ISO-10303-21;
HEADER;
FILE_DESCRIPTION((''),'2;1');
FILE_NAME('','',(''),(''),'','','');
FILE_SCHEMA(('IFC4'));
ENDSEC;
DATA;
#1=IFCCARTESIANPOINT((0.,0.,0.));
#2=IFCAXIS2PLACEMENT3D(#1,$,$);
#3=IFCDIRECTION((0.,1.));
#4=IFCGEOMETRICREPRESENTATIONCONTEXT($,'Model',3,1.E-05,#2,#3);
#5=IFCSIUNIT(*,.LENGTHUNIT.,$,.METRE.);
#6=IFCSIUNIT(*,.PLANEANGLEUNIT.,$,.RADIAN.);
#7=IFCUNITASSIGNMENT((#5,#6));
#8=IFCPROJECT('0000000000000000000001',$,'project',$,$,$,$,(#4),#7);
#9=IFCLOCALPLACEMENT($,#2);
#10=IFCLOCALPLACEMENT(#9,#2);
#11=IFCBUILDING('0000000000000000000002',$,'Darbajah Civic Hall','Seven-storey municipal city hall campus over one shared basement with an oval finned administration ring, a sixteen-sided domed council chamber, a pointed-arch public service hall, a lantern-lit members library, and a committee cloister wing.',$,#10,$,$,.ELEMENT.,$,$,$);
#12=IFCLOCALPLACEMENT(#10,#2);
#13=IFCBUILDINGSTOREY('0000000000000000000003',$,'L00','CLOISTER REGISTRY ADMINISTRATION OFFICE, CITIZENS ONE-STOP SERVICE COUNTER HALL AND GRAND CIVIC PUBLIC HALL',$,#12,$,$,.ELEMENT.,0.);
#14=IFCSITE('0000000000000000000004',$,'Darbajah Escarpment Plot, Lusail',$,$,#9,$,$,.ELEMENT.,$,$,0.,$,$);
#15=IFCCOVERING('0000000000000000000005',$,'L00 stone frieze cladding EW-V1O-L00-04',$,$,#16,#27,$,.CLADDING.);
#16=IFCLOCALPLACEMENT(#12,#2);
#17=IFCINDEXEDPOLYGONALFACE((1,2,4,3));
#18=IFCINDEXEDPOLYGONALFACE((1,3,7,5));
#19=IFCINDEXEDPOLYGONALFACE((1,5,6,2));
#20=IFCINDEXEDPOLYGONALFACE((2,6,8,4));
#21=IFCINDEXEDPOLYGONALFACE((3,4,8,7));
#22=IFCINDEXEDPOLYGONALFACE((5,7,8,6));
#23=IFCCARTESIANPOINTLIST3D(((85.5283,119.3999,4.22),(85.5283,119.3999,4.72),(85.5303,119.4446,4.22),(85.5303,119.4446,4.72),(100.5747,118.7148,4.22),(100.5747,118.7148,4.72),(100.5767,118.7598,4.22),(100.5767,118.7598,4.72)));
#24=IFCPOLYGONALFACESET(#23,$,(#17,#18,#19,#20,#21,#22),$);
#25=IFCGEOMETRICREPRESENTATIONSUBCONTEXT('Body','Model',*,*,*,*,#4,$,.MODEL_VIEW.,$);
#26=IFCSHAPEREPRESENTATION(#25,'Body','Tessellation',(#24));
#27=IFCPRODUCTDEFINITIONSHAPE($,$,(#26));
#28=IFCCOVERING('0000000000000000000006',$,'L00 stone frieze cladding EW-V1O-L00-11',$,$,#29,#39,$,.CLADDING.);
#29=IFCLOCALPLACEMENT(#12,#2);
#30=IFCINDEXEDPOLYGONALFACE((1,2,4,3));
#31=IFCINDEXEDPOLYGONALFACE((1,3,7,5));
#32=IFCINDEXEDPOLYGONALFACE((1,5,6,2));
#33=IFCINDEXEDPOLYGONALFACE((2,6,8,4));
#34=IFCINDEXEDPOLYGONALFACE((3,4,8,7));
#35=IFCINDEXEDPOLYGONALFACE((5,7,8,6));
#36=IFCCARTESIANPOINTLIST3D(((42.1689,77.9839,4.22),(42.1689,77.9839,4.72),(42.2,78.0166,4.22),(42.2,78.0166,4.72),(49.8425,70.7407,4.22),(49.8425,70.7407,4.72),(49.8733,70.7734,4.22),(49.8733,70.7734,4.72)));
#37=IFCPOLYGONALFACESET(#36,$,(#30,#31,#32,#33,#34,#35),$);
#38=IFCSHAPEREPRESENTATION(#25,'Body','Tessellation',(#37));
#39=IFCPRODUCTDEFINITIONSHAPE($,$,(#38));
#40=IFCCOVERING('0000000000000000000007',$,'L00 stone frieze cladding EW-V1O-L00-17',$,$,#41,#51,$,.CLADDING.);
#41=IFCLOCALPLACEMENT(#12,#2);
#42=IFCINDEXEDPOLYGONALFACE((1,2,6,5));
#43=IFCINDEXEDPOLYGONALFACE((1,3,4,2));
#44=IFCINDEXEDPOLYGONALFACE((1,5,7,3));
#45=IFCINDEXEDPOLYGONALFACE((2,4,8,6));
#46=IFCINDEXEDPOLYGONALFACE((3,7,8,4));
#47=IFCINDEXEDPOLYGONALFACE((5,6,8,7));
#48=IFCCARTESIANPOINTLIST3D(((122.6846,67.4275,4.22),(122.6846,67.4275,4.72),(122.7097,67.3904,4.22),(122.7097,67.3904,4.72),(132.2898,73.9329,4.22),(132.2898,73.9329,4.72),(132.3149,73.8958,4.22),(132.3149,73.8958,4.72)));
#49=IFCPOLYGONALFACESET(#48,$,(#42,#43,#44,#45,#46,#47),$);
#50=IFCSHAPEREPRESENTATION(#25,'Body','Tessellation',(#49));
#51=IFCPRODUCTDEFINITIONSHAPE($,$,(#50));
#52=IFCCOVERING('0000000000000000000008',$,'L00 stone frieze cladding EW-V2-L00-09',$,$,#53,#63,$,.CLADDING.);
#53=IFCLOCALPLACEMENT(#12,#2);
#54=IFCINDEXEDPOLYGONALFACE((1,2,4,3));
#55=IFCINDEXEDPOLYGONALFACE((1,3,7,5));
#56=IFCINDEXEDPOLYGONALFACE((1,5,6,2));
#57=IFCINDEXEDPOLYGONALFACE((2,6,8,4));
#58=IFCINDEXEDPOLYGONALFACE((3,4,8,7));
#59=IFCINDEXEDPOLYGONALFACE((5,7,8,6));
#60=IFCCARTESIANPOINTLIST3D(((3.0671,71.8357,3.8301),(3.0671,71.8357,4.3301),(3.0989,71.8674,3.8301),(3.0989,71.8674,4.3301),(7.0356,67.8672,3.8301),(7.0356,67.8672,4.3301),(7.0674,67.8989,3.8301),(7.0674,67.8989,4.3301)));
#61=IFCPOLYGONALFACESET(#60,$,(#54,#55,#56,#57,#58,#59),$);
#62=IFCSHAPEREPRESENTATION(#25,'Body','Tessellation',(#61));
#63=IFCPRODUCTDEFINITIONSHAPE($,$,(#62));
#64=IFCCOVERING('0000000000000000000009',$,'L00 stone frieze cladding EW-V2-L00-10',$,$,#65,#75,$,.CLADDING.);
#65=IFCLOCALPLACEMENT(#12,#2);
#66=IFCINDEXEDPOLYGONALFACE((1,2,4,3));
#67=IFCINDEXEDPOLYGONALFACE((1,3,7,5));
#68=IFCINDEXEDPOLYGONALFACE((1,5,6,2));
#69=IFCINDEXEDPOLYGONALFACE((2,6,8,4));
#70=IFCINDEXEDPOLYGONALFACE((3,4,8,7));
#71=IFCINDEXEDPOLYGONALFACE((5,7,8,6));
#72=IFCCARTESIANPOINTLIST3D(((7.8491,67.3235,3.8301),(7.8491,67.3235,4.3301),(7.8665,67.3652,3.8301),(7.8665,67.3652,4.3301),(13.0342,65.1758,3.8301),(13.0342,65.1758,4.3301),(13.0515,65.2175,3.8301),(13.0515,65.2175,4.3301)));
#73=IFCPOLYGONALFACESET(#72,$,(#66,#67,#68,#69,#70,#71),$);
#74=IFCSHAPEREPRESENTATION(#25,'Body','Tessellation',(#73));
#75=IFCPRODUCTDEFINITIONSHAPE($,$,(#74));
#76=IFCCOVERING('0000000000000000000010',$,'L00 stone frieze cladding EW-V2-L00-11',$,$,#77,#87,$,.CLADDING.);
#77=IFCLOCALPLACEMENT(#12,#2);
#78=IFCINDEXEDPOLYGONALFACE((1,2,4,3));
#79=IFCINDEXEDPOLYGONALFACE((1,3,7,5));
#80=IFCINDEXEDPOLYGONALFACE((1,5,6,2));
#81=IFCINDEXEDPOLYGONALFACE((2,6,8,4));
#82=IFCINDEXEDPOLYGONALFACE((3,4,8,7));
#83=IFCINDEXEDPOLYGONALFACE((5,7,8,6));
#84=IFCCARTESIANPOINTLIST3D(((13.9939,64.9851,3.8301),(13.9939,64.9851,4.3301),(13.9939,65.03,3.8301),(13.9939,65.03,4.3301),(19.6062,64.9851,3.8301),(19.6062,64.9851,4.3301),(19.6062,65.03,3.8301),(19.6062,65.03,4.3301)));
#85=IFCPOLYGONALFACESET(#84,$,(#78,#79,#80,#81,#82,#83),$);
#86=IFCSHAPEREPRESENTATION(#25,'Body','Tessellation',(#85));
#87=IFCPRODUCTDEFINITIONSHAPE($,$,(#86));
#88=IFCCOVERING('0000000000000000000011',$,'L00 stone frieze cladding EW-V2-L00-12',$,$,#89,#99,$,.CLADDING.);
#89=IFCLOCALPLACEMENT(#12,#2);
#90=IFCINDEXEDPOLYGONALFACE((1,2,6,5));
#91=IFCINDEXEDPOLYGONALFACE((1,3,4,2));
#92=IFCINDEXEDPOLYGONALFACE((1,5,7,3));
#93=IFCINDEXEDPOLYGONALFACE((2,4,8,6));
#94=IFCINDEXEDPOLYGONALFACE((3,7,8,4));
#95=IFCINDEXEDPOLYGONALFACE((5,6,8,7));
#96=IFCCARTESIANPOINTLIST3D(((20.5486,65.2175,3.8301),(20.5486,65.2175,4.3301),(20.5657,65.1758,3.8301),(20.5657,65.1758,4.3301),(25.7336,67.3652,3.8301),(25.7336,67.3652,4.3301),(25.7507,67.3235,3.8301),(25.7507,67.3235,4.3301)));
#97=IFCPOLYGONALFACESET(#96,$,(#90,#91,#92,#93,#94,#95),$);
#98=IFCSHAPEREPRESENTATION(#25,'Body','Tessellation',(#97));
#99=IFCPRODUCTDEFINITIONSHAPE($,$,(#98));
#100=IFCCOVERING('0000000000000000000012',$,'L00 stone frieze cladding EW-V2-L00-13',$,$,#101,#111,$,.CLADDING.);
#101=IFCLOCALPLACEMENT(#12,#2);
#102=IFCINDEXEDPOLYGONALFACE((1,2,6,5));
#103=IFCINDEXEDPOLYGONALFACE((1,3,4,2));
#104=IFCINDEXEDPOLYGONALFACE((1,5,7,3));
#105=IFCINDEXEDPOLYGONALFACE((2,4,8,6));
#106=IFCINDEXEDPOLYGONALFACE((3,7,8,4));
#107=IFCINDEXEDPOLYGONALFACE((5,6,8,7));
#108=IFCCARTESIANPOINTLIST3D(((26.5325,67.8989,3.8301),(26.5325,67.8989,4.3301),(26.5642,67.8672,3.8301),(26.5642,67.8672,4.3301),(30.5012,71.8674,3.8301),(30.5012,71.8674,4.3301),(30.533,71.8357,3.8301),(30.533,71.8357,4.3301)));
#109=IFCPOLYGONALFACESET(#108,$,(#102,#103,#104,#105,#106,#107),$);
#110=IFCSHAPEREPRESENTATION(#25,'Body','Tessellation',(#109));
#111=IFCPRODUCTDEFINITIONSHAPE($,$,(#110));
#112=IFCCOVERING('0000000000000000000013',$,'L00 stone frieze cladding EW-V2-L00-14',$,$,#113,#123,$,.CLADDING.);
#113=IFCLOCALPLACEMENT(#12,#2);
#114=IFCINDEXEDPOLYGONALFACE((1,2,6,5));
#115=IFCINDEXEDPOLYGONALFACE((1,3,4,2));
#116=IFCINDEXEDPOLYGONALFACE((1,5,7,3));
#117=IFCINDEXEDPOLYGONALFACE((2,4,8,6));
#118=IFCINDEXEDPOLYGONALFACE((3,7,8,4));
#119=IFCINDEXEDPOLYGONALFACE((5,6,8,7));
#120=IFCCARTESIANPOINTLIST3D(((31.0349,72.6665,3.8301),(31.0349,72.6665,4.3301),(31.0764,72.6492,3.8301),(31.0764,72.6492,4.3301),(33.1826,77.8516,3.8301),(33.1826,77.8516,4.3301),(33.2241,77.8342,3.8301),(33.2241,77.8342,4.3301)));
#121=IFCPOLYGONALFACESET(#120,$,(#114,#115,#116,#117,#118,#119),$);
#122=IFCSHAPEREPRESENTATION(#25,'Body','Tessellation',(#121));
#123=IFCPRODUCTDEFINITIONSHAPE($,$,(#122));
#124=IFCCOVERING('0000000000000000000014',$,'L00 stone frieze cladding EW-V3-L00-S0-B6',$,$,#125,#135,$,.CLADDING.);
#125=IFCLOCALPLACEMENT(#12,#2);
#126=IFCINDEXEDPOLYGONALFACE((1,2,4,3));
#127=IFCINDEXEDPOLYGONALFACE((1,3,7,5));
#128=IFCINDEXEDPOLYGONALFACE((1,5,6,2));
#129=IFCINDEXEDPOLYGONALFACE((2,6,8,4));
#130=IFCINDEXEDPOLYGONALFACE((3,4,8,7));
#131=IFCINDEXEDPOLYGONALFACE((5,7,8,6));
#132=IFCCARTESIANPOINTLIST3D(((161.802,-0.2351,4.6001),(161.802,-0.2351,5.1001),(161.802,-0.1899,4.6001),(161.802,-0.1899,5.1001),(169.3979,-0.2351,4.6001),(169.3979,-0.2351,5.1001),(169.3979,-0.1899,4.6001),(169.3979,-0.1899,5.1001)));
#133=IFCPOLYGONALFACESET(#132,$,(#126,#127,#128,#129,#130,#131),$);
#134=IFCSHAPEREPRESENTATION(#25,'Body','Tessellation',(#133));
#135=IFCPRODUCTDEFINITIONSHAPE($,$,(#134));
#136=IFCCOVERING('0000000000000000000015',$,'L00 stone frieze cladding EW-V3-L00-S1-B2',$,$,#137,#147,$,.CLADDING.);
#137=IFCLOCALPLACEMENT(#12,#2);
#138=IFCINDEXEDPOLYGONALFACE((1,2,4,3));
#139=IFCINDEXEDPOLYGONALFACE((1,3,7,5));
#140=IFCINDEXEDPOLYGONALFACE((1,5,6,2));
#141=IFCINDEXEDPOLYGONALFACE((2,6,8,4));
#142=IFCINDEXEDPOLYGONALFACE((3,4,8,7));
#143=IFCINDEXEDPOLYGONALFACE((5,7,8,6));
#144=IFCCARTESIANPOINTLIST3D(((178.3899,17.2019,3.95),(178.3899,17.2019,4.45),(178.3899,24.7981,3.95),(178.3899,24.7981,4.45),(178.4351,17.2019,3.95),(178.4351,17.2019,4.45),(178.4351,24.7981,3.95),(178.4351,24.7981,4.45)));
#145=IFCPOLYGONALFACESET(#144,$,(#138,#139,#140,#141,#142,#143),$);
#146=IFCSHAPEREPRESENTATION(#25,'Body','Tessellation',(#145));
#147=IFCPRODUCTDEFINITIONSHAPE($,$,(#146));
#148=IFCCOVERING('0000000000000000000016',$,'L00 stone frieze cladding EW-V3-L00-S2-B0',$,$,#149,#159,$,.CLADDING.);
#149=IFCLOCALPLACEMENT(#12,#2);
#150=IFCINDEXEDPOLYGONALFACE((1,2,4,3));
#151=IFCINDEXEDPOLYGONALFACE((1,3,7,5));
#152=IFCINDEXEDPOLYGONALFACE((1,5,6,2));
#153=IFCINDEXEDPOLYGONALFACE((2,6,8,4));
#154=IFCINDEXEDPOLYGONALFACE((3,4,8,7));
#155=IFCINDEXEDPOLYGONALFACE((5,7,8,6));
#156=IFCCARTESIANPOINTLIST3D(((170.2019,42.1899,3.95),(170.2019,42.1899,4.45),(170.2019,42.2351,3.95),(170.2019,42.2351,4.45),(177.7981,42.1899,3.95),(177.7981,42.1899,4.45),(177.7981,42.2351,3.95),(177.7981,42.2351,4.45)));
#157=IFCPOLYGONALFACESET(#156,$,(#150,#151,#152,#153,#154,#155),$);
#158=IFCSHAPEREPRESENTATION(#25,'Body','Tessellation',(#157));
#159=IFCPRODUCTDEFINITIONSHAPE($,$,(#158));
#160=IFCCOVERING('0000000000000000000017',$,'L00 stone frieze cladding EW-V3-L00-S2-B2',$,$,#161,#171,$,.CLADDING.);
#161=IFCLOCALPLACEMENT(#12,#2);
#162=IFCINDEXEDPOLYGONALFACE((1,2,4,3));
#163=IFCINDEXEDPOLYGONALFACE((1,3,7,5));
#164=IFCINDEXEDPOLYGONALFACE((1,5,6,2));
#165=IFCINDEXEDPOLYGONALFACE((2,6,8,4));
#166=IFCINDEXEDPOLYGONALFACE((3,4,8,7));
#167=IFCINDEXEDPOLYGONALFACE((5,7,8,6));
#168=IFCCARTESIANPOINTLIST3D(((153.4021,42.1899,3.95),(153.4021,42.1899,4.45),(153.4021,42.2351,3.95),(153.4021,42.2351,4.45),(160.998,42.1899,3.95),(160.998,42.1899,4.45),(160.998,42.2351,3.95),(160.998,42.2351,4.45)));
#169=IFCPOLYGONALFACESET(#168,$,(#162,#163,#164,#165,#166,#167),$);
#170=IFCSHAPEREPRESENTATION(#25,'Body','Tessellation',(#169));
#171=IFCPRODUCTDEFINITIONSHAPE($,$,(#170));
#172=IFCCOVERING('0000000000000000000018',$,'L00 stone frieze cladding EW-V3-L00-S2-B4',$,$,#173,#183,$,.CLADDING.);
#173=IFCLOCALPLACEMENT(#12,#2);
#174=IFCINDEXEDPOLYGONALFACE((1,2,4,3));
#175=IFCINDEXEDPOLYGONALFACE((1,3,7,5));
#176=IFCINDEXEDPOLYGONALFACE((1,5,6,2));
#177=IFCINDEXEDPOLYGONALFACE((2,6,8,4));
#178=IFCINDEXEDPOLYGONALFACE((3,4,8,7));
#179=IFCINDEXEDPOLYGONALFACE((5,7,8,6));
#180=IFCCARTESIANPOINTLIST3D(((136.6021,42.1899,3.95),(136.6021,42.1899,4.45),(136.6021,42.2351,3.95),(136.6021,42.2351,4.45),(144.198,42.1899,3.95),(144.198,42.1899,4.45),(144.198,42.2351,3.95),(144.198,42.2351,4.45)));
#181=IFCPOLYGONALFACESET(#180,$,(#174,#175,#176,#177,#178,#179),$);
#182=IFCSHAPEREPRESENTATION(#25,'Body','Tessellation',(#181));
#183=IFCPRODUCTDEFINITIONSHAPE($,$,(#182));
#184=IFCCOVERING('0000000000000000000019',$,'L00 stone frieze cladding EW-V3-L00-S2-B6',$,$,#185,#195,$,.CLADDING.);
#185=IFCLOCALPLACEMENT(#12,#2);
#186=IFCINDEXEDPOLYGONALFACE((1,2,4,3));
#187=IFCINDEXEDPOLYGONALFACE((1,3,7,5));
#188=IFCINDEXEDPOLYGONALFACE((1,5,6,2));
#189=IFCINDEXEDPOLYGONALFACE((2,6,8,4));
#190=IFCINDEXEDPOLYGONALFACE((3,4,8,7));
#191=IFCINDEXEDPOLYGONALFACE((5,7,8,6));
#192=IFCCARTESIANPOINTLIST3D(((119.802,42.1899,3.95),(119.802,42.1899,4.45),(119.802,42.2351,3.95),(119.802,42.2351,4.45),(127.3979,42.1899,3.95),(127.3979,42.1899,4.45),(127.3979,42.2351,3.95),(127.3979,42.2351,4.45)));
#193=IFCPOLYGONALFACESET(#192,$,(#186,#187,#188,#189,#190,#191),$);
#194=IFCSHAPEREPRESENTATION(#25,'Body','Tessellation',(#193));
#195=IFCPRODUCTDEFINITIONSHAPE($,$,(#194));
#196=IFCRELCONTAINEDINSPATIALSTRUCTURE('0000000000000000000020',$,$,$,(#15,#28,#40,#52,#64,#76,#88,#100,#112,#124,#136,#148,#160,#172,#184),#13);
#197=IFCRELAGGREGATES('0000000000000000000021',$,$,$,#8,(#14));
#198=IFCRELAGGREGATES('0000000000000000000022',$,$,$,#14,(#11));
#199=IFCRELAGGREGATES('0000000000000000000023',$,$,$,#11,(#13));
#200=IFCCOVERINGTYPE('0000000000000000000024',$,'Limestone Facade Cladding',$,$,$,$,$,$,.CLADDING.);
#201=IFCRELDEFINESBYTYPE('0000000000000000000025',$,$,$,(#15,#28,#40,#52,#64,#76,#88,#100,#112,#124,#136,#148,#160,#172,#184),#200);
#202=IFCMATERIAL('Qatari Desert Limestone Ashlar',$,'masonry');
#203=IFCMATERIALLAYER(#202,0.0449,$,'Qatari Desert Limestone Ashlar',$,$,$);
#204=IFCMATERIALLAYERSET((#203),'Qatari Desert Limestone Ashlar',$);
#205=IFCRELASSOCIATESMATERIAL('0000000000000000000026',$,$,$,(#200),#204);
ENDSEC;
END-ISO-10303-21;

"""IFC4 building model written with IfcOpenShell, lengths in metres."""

from ifc_helpers import new_model, si_unit, direction, frame, origin, place, context, subcontext, project, spatial, polyline, outline, extrude, material, layer, layer_set, type_object, element, save


model = new_model("IFC4")

# Units and contexts
model_context = context("Model", 3, precision=1e-05, world=origin(), true_north=direction((0.0, 1.0)))
body_context = subcontext(model_context, "Body", "Model", "MODEL_VIEW")
ifc_project = project(units=[si_unit("LENGTHUNIT", "METRE"), si_unit("PLANEANGLEUNIT", "RADIAN")], contexts=[model_context])

# Site, building, storey
site_placement = place(None, origin())
site = spatial("IfcSite", under=ifc_project, at=site_placement, Name="Darbajah Escarpment Plot, Lusail", CompositionType="ELEMENT", RefElevation=0.0)
building_placement = place(site_placement, origin())
building = spatial("IfcBuilding", under=site, at=building_placement, Name="Darbajah Civic Hall", Description="Seven-storey municipal city hall campus over one shared basement with an oval finned administration ring, a sixteen-sided domed council chamber, a pointed-arch public service hall, a lantern-lit members library, and a committee cloister wing.", CompositionType="ELEMENT")
storey_placement = place(building_placement, origin())
storey = spatial("IfcBuildingStorey", under=building, at=storey_placement, Name="L00", Description="CLOISTER REGISTRY ADMINISTRATION OFFICE, CITIZENS ONE-STOP SERVICE COUNTER HALL AND GRAND CIVIC PUBLIC HALL", CompositionType="ELEMENT", Elevation=0.0)

# Coverings
ifc_material = material(Name="Qatari Desert Limestone Ashlar", Category="masonry")
ifc_layer = layer(ifc_material, 0.0449, Name="Qatari Desert Limestone Ashlar")
ifc_layer_set = layer_set([ifc_layer], Name="Qatari Desert Limestone Ashlar")
covering_type = type_object("IfcCoveringType", Name="Limestone Facade Cladding", PredefinedType="CLADDING", material=ifc_layer_set)
covering_1_placement = place(storey_placement, frame((0.0, 0.0, 4.22)))
element("IfcCovering", 1, at=covering_1_placement, inside=storey, type_object=covering_type, Name="L00 stone frieze cladding EW-V1O-L00-04", PredefinedType="CLADDING", context=body_context, shape_type="SweptSolid", body=[
    extrude(outline(polyline([(100.5747, 118.7148), (85.5283, 119.3999), (85.5303, 119.4446), (100.5767, 118.7598), (100.5747, 118.7148)])), origin(), (0.0, 0.0, 1.0), 0.5),
])
covering_2_placement = place(storey_placement, frame((0.0, 0.0, 4.22)))
element("IfcCovering", 2, at=covering_2_placement, inside=storey, type_object=covering_type, Name="L00 stone frieze cladding EW-V1O-L00-11", PredefinedType="CLADDING", context=body_context, shape_type="SweptSolid", body=[
    extrude(outline(polyline([(42.2, 78.0166), (49.8733, 70.7734), (49.8425, 70.7407), (42.1689, 77.9839), (42.2, 78.0166)])), origin(), (0.0, 0.0, 1.0), 0.5),
])
covering_3_placement = place(storey_placement, frame((0.0, 0.0, 4.22)))
element("IfcCovering", 3, at=covering_3_placement, inside=storey, type_object=covering_type, Name="L00 stone frieze cladding EW-V1O-L00-17", PredefinedType="CLADDING", context=body_context, shape_type="SweptSolid", body=[
    extrude(outline(polyline([(122.6846, 67.4275), (132.2898, 73.9329), (132.3149, 73.8958), (122.7097, 67.3904), (122.6846, 67.4275)])), origin(), (0.0, 0.0, 1.0), 0.5),
])
covering_4_placement = place(storey_placement, frame((0.0, 0.0, 3.8301)))
element("IfcCovering", 4, at=covering_4_placement, inside=storey, type_object=covering_type, Name="L00 stone frieze cladding EW-V2-L00-09", PredefinedType="CLADDING", context=body_context, shape_type="SweptSolid", body=[
    extrude(outline(polyline([(3.0989, 71.8674), (7.0674, 67.8989), (7.0356, 67.8672), (3.0671, 71.8357), (3.0989, 71.8674)])), origin(), (0.0, 0.0, 1.0), 0.5),
])
covering_5_placement = place(storey_placement, frame((0.0, 0.0, 3.8301)))
element("IfcCovering", 5, at=covering_5_placement, inside=storey, type_object=covering_type, Name="L00 stone frieze cladding EW-V2-L00-10", PredefinedType="CLADDING", context=body_context, shape_type="SweptSolid", body=[
    extrude(outline(polyline([(7.8665, 67.3652), (13.0515, 65.2175), (13.0342, 65.1758), (7.8491, 67.3235), (7.8665, 67.3652)])), origin(), (0.0, 0.0, 1.0), 0.5),
])
covering_6_placement = place(storey_placement, frame((0.0, 0.0, 3.8301)))
element("IfcCovering", 6, at=covering_6_placement, inside=storey, type_object=covering_type, Name="L00 stone frieze cladding EW-V2-L00-11", PredefinedType="CLADDING", context=body_context, shape_type="SweptSolid", body=[
    extrude(outline(polyline([(13.9939, 65.03), (19.6062, 65.03), (19.6062, 64.9851), (13.9939, 64.9851), (13.9939, 65.03)])), origin(), (0.0, 0.0, 1.0), 0.5),
])
covering_7_placement = place(storey_placement, frame((0.0, 0.0, 3.8301)))
element("IfcCovering", 7, at=covering_7_placement, inside=storey, type_object=covering_type, Name="L00 stone frieze cladding EW-V2-L00-12", PredefinedType="CLADDING", context=body_context, shape_type="SweptSolid", body=[
    extrude(outline(polyline([(20.5486, 65.2175), (25.7336, 67.3652), (25.7507, 67.3235), (20.5657, 65.1758), (20.5486, 65.2175)])), origin(), (0.0, 0.0, 1.0), 0.5),
])
covering_8_placement = place(storey_placement, frame((0.0, 0.0, 3.8301)))
element("IfcCovering", 8, at=covering_8_placement, inside=storey, type_object=covering_type, Name="L00 stone frieze cladding EW-V2-L00-13", PredefinedType="CLADDING", context=body_context, shape_type="SweptSolid", body=[
    extrude(outline(polyline([(26.5325, 67.8989), (30.5012, 71.8674), (30.533, 71.8357), (26.5642, 67.8672), (26.5325, 67.8989)])), origin(), (0.0, 0.0, 1.0), 0.5),
])
covering_9_placement = place(storey_placement, frame((0.0, 0.0, 3.8301)))
element("IfcCovering", 9, at=covering_9_placement, inside=storey, type_object=covering_type, Name="L00 stone frieze cladding EW-V2-L00-14", PredefinedType="CLADDING", context=body_context, shape_type="SweptSolid", body=[
    extrude(outline(polyline([(31.0349, 72.6665), (33.1826, 77.8516), (33.2241, 77.8342), (31.0764, 72.6492), (31.0349, 72.6665)])), origin(), (0.0, 0.0, 1.0), 0.5),
])
covering_10_placement = place(storey_placement, frame((0.0, 0.0, 4.6001)))
element("IfcCovering", 10, at=covering_10_placement, inside=storey, type_object=covering_type, Name="L00 stone frieze cladding EW-V3-L00-S0-B6", PredefinedType="CLADDING", context=body_context, shape_type="SweptSolid", body=[
    extrude(outline(polyline([(161.802, -0.1899), (169.3979, -0.1899), (169.3979, -0.2351), (161.802, -0.2351), (161.802, -0.1899)])), origin(), (0.0, 0.0, 1.0), 0.5),
])
covering_11_placement = place(storey_placement, frame((0.0, 0.0, 3.95)))
element("IfcCovering", 11, at=covering_11_placement, inside=storey, type_object=covering_type, Name="L00 stone frieze cladding EW-V3-L00-S1-B2", PredefinedType="CLADDING", context=body_context, shape_type="SweptSolid", body=[
    extrude(outline(polyline([(178.3899, 17.2019), (178.3899, 24.7981), (178.4351, 24.7981), (178.4351, 17.2019), (178.3899, 17.2019)])), origin(), (0.0, 0.0, 1.0), 0.5),
])
covering_12_placement = place(storey_placement, frame((0.0, 0.0, 3.95)))
element("IfcCovering", 12, at=covering_12_placement, inside=storey, type_object=covering_type, Name="L00 stone frieze cladding EW-V3-L00-S2-B0", PredefinedType="CLADDING", context=body_context, shape_type="SweptSolid", body=[
    extrude(outline(polyline([(177.7981, 42.1899), (170.2019, 42.1899), (170.2019, 42.2351), (177.7981, 42.2351), (177.7981, 42.1899)])), origin(), (0.0, 0.0, 1.0), 0.5),
])
covering_13_placement = place(storey_placement, frame((0.0, 0.0, 3.95)))
element("IfcCovering", 13, at=covering_13_placement, inside=storey, type_object=covering_type, Name="L00 stone frieze cladding EW-V3-L00-S2-B2", PredefinedType="CLADDING", context=body_context, shape_type="SweptSolid", body=[
    extrude(outline(polyline([(160.998, 42.1899), (153.4021, 42.1899), (153.4021, 42.2351), (160.998, 42.2351), (160.998, 42.1899)])), origin(), (0.0, 0.0, 1.0), 0.5),
])
covering_14_placement = place(storey_placement, frame((0.0, 0.0, 3.95)))
element("IfcCovering", 14, at=covering_14_placement, inside=storey, type_object=covering_type, Name="L00 stone frieze cladding EW-V3-L00-S2-B4", PredefinedType="CLADDING", context=body_context, shape_type="SweptSolid", body=[
    extrude(outline(polyline([(144.198, 42.1899), (136.6021, 42.1899), (136.6021, 42.2351), (144.198, 42.2351), (144.198, 42.1899)])), origin(), (0.0, 0.0, 1.0), 0.5),
])
covering_15_placement = place(storey_placement, frame((0.0, 0.0, 3.95)))
element("IfcCovering", 15, at=covering_15_placement, inside=storey, type_object=covering_type, Name="L00 stone frieze cladding EW-V3-L00-S2-B6", PredefinedType="CLADDING", context=body_context, shape_type="SweptSolid", body=[
    extrude(outline(polyline([(127.3979, 42.1899), (119.802, 42.1899), (119.802, 42.2351), (127.3979, 42.2351), (127.3979, 42.1899)])), origin(), (0.0, 0.0, 1.0), 0.5),
])

save(model, "model.ifc")
